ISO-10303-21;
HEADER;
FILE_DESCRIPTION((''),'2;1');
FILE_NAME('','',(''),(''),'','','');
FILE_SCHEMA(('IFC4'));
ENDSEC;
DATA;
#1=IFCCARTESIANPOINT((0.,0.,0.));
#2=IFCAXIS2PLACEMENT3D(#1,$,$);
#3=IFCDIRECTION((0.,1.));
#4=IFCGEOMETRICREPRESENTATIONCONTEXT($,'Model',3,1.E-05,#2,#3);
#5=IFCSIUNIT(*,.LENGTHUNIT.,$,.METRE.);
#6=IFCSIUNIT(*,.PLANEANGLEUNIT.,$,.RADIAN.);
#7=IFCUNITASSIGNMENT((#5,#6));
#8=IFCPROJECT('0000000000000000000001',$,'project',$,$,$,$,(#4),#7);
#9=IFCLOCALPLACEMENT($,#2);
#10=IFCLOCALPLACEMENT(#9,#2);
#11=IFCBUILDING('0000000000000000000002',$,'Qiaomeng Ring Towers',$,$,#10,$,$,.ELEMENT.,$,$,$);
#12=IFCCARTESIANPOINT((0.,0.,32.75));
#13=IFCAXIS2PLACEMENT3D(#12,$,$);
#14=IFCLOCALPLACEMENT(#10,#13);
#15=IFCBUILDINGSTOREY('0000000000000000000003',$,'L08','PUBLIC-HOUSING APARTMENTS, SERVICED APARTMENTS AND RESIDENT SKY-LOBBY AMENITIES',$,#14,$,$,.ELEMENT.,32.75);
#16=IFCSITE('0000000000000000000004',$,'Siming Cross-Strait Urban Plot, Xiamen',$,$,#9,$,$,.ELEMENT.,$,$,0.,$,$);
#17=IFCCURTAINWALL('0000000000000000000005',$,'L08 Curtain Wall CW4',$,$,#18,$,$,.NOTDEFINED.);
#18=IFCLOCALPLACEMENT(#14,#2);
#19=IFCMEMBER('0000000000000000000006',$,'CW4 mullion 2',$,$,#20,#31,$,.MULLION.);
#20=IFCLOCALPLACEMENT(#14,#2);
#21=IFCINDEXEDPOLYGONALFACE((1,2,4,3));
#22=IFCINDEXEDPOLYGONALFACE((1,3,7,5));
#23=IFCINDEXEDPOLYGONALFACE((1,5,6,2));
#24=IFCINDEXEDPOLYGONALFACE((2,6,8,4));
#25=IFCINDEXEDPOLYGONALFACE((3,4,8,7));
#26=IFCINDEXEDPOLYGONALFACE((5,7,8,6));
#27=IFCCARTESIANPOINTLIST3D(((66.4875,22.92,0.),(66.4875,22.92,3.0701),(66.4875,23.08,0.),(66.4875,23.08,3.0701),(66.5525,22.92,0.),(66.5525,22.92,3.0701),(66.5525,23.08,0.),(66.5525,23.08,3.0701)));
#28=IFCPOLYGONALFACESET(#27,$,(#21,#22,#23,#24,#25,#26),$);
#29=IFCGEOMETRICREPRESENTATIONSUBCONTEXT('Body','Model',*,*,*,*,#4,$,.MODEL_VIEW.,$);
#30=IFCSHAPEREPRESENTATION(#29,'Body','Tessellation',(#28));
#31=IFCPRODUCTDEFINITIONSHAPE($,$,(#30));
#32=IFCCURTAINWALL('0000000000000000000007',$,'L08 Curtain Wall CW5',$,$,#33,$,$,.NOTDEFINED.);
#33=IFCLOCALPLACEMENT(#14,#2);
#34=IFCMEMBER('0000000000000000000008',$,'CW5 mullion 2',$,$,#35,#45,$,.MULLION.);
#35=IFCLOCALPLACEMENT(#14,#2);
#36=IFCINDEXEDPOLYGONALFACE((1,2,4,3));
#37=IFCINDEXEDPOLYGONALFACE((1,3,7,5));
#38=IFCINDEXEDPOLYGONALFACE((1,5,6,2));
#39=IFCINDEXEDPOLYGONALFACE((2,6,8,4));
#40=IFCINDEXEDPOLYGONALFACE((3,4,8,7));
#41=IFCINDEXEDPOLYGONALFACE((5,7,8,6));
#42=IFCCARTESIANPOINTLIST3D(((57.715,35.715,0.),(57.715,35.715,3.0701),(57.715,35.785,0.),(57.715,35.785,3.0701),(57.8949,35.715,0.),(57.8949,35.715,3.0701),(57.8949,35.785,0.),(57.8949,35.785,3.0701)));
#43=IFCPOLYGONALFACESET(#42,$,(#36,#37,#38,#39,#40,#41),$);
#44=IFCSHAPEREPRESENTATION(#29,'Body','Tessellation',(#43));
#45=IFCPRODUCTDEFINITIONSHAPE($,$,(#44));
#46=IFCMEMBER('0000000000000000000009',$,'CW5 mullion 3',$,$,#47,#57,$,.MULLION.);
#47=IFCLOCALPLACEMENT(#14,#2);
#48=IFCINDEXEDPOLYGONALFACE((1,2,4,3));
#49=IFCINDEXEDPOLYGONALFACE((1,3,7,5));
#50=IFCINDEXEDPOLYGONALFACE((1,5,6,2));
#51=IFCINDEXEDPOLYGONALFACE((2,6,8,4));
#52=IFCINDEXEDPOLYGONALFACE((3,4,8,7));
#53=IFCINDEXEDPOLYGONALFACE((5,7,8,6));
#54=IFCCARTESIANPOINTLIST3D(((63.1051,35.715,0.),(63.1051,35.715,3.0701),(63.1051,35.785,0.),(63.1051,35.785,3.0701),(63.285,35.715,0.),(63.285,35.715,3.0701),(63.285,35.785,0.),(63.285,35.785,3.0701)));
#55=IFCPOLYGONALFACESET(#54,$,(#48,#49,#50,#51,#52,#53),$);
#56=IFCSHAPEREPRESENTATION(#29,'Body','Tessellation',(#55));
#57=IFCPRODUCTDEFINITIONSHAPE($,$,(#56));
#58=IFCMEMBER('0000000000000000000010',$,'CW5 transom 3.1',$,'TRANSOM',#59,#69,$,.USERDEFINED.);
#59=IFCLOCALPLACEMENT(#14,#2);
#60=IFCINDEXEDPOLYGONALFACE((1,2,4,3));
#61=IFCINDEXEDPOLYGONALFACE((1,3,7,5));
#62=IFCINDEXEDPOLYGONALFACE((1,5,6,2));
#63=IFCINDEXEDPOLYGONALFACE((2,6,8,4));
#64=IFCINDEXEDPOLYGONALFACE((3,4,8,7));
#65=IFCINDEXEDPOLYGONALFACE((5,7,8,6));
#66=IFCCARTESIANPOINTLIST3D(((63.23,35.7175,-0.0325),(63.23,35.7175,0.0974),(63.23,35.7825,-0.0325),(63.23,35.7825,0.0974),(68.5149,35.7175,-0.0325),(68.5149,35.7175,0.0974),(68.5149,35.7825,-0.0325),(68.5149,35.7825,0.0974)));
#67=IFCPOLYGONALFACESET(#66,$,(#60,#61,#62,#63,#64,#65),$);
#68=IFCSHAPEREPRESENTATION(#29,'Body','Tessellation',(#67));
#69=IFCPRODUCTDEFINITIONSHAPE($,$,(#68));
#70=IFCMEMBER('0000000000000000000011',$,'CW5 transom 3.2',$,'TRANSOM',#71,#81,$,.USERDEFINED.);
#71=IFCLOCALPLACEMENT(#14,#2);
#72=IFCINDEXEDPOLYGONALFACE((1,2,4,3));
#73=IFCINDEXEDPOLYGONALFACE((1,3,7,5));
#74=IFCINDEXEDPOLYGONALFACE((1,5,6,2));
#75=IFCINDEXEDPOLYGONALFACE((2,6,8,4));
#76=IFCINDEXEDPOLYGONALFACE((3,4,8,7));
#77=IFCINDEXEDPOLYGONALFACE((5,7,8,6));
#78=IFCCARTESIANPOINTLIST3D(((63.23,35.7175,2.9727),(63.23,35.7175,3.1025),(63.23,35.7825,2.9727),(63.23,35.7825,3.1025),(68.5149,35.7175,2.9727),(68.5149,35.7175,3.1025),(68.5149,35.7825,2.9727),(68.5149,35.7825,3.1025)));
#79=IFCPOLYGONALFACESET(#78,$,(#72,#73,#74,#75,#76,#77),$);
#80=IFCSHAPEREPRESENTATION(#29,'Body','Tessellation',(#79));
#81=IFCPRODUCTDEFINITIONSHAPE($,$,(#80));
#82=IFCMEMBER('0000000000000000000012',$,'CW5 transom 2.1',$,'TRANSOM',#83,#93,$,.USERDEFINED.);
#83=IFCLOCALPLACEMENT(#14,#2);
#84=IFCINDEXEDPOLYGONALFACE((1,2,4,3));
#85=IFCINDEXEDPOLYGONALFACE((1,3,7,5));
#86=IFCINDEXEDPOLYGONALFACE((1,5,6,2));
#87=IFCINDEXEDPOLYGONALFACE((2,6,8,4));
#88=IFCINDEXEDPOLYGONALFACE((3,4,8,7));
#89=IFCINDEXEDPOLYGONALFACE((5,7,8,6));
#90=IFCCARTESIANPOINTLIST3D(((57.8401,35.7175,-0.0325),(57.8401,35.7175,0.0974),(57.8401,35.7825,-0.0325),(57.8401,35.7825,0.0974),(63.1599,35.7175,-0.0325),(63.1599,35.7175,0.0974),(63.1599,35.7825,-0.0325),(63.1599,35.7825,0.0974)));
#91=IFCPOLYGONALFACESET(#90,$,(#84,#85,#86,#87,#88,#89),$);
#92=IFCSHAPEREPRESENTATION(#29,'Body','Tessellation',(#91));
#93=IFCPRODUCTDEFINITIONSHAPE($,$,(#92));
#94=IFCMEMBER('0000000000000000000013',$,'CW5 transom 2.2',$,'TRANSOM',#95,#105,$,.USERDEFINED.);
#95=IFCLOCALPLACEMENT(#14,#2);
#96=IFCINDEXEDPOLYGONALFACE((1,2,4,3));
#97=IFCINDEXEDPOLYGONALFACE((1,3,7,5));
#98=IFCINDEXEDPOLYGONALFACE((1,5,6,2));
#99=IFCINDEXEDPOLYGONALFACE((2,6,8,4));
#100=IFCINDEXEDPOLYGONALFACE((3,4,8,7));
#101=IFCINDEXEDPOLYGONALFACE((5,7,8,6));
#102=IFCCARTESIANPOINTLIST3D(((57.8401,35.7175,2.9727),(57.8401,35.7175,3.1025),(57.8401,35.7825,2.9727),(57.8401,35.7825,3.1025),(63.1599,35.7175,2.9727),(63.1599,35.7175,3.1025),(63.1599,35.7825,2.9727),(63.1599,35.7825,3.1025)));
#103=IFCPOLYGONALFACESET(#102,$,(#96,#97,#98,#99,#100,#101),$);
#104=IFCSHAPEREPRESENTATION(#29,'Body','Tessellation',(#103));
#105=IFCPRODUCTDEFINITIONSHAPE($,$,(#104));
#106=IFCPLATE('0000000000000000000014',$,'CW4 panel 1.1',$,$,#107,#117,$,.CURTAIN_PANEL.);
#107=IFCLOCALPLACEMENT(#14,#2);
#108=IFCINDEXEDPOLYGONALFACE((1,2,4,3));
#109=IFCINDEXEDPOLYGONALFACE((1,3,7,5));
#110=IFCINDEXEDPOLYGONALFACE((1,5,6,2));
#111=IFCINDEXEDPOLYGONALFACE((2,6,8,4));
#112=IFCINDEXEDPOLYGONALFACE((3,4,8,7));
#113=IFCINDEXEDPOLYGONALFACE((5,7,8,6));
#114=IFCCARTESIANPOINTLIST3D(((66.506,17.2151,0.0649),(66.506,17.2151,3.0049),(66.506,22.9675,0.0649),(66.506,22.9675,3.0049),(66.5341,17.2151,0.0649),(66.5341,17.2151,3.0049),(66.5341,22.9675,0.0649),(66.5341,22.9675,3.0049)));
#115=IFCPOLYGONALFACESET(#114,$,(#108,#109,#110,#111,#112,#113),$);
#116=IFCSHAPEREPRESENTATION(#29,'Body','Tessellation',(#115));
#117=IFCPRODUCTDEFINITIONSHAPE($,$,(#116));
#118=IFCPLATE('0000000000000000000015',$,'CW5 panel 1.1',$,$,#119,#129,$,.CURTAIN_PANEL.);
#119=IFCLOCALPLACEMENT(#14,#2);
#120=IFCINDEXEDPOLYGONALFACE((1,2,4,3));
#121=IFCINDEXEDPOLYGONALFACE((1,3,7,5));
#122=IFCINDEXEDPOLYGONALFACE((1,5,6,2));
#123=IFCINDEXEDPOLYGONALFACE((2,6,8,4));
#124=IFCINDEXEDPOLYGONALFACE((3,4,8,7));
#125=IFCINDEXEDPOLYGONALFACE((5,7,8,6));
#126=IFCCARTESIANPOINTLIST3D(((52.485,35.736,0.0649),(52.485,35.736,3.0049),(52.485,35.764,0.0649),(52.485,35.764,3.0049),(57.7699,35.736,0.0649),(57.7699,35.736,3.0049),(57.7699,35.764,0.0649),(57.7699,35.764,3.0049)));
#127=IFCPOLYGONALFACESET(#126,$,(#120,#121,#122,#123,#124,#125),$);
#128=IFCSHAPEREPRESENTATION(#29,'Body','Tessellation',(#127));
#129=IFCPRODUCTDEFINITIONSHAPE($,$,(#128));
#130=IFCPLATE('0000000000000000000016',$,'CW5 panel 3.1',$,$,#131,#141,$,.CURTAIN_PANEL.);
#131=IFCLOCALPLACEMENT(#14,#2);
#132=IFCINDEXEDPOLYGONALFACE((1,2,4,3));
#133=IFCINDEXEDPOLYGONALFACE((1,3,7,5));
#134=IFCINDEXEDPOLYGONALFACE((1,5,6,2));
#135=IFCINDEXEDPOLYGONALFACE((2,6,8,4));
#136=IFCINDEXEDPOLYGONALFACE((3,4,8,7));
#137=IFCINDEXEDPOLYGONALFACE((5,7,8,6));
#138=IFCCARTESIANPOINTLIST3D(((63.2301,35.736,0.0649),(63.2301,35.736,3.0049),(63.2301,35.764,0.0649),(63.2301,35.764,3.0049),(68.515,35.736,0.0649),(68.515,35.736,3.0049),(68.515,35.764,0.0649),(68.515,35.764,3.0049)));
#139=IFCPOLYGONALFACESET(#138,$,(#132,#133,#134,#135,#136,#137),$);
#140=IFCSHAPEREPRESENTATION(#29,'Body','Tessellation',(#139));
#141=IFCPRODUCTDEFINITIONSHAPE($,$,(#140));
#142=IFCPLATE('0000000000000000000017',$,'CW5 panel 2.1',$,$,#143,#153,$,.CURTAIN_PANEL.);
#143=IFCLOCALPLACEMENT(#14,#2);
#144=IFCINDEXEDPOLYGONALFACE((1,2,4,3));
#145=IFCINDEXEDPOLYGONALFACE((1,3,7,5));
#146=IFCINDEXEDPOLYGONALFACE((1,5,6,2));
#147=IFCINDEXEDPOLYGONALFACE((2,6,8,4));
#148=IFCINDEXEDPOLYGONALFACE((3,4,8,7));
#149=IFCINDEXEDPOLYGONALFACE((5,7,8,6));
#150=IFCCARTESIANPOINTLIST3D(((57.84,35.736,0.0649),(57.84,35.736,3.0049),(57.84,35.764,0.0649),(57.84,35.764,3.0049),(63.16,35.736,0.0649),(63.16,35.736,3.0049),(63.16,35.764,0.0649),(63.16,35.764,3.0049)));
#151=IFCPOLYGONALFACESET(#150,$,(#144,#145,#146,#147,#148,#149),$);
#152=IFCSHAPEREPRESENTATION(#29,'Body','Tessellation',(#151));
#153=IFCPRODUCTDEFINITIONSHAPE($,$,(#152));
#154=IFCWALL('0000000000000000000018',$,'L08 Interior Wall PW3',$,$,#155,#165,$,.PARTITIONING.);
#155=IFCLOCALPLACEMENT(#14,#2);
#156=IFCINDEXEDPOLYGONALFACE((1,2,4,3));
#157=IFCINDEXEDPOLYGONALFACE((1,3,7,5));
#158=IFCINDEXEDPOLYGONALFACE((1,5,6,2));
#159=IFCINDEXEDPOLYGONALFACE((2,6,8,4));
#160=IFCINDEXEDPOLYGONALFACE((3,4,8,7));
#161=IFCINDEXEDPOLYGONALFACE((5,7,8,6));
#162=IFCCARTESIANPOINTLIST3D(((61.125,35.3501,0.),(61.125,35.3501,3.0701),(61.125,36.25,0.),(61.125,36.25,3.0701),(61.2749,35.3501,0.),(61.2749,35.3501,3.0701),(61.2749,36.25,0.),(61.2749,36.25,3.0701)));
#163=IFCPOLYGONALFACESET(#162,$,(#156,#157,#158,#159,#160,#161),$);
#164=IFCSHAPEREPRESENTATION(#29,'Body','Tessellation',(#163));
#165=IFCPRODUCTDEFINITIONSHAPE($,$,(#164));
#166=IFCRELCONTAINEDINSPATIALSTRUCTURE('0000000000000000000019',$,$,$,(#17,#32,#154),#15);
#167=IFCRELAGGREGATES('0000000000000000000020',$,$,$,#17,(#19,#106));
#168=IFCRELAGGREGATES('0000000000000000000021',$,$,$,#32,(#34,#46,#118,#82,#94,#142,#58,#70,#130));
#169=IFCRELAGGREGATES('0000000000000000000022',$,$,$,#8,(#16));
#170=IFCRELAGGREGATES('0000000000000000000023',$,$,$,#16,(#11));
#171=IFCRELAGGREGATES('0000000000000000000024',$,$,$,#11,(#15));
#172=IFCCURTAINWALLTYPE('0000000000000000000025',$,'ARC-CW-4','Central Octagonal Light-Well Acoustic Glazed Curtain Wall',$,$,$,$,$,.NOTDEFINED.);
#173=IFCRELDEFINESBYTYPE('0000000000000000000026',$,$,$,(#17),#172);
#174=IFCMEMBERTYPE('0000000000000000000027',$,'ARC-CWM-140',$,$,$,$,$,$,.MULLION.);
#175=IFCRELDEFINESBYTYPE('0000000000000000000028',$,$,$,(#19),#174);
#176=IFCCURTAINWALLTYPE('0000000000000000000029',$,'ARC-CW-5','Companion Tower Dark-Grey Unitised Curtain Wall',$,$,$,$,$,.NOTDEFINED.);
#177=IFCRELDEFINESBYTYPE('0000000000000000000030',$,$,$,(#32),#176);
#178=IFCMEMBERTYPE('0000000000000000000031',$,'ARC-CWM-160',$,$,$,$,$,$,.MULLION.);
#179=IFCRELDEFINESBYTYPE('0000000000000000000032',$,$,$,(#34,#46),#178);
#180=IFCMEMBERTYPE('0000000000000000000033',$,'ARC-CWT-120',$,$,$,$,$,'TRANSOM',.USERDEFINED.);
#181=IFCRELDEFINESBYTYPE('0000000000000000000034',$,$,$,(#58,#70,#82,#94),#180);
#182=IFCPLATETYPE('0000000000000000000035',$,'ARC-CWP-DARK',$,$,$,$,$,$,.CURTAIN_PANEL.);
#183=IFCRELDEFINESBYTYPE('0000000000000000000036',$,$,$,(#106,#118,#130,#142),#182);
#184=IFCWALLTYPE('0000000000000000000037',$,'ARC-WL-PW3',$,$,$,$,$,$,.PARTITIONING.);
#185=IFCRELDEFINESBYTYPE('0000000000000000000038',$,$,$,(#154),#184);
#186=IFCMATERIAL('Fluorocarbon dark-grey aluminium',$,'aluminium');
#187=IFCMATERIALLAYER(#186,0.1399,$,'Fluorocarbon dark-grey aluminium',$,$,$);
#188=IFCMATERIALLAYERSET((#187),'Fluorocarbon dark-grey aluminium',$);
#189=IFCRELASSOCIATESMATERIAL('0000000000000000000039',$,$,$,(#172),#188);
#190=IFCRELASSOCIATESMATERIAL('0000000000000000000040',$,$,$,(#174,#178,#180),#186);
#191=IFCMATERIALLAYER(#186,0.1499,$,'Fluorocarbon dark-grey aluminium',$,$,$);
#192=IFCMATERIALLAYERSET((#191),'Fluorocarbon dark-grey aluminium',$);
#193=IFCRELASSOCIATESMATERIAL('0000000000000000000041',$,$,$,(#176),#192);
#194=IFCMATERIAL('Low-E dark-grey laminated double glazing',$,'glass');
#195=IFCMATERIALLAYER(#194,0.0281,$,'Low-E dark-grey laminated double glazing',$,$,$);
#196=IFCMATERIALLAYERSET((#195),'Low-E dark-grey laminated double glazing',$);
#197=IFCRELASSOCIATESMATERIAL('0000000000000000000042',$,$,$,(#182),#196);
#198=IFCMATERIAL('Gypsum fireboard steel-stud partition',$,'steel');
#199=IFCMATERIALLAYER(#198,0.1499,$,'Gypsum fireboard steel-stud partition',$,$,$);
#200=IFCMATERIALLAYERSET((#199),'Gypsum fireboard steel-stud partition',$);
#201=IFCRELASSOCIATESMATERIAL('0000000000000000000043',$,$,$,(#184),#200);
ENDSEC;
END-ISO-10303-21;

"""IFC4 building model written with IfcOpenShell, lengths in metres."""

from ifc_helpers import new_model, si_unit, direction, frame, frame_2d, origin, origin_2d, place, context, subcontext, project, spatial, rectangle, extrude, source, transform, mapped, material, layer, layer_set, material_profile, profile_set, type_object, element, aggregate, save


model = new_model("IFC4")

# Units and contexts
model_context = context("Model", 3, precision=1e-05, world=origin(), true_north=direction((0.0, 1.0)))
body_context = subcontext(model_context, "Body", "Model", "MODEL_VIEW")
ifc_project = project(units=[si_unit("LENGTHUNIT", "METRE"), si_unit("PLANEANGLEUNIT", "RADIAN")], contexts=[model_context])

# Site, building, storey
site_placement = place(None, origin())
site = spatial("IfcSite", under=ifc_project, at=site_placement, Name="Siming Cross-Strait Urban Plot, Xiamen", CompositionType="ELEMENT", RefElevation=0.0)
building_placement = place(site_placement, origin())
building = spatial("IfcBuilding", under=site, at=building_placement, Name="Qiaomeng Ring Towers", CompositionType="ELEMENT")
storey_placement = place(building_placement, frame((0.0, 0.0, 32.75)))
storey = spatial("IfcBuildingStorey", under=building, at=storey_placement, Name="L08", Description="PUBLIC-HOUSING APARTMENTS, SERVICED APARTMENTS AND RESIDENT SKY-LOBBY AMENITIES", CompositionType="ELEMENT", Elevation=32.75)

# Curtain wall, member
ifc_material_1 = material(Name="Fluorocarbon dark-grey aluminium", Category="aluminium")
ifc_layer_1 = layer(ifc_material_1, 0.1399, Name="Fluorocarbon dark-grey aluminium")
ifc_layer_set_1 = layer_set([ifc_layer_1], Name="Fluorocarbon dark-grey aluminium")
curtain_wall_type_1 = type_object("IfcCurtainWallType", Name="ARC-CW-4", Description="Central Octagonal Light-Well Acoustic Glazed Curtain Wall", PredefinedType="NOTDEFINED", material=ifc_layer_set_1)
curtain_wall_1_placement = place(storey_placement, origin())
curtain_wall_1 = element("IfcCurtainWall", 1, at=curtain_wall_1_placement, inside=storey, type_object=curtain_wall_type_1, Name="L08 Curtain Wall CW4", PredefinedType="NOTDEFINED")
ifc_material_profile_1 = material_profile(ifc_material_1, rectangle(XDim=0.0649, YDim=0.1599, at=origin_2d()), Name="ALU MULL 65x160")
ifc_profile_set_1 = profile_set([ifc_material_profile_1], Name="Fluorocarbon dark-grey aluminium")
member_type_1 = type_object("IfcMemberType", Name="ARC-CWM-140", PredefinedType="MULLION", material=ifc_profile_set_1)
shared_shape_1 = source(origin(), body_context, "Body", "SweptSolid", [
    extrude(rectangle(XDim=0.0649, YDim=0.1599, at=origin_2d()), origin(), (0.0, 0.0, 1.0), 3.0701),
])
member_1_placement = place(storey_placement, frame((66.52, 23.0, 0.0), z_axis=(0.0, 0.0, 1.0), x_axis=(-1.0, 0.0, 0.0)))
member_1 = element("IfcMember", 2, at=member_1_placement, type_object=member_type_1, Name="CW4 mullion 2", PredefinedType="MULLION", context=body_context, shape_type="MappedRepresentation", body=[
    mapped(shared_shape_1, transform((0.0, 0.0, 0.0), x_axis=(1.0, 0.0, 0.0), y_axis=(0.0, 1.0, 0.0), z_axis=(0.0, 0.0, 1.0), scale=1.0)),
])

# Curtain wall, members
ifc_layer_2 = layer(ifc_material_1, 0.1499, Name="Fluorocarbon dark-grey aluminium")
ifc_layer_set_2 = layer_set([ifc_layer_2], Name="Fluorocarbon dark-grey aluminium")
curtain_wall_type_2 = type_object("IfcCurtainWallType", Name="ARC-CW-5", Description="Companion Tower Dark-Grey Unitised Curtain Wall", PredefinedType="NOTDEFINED", material=ifc_layer_set_2)
curtain_wall_2_placement = place(storey_placement, origin())
curtain_wall_2 = element("IfcCurtainWall", 3, at=curtain_wall_2_placement, inside=storey, type_object=curtain_wall_type_2, Name="L08 Curtain Wall CW5", PredefinedType="NOTDEFINED")
ifc_material_profile_2 = material_profile(ifc_material_1, rectangle(XDim=0.0701, YDim=0.1799, at=origin_2d()), Name="ALU MULL 70x180")
ifc_profile_set_2 = profile_set([ifc_material_profile_2], Name="Fluorocarbon dark-grey aluminium")
member_type_2 = type_object("IfcMemberType", Name="ARC-CWM-160", PredefinedType="MULLION", material=ifc_profile_set_2)
shared_shape_2 = source(origin(), body_context, "Body", "SweptSolid", [
    extrude(rectangle(XDim=0.0701, YDim=0.1799, at=origin_2d()), origin(), (0.0, 0.0, 1.0), 3.0701),
])
member_2_placement = place(storey_placement, frame((57.8049, 35.75, 0.0), z_axis=(0.0, 0.0, 1.0), x_axis=(0.0, 1.0, 0.0)))
member_2 = element("IfcMember", 4, at=member_2_placement, type_object=member_type_2, Name="CW5 mullion 2", PredefinedType="MULLION", context=body_context, shape_type="MappedRepresentation", body=[
    mapped(shared_shape_2, transform((0.0, 0.0, 0.0), x_axis=(1.0, 0.0, 0.0), y_axis=(0.0, 1.0, 0.0), z_axis=(0.0, 0.0, 1.0), scale=1.0)),
])
member_3_placement = place(storey_placement, frame((63.1951, 35.75, 0.0), z_axis=(0.0, 0.0, 1.0), x_axis=(0.0, 1.0, 0.0)))
member_3 = element("IfcMember", 5, at=member_3_placement, type_object=member_type_2, Name="CW5 mullion 3", PredefinedType="MULLION", context=body_context, shape_type="MappedRepresentation", body=[
    mapped(shared_shape_2, transform((0.0, 0.0, 0.0), x_axis=(1.0, 0.0, 0.0), y_axis=(0.0, 1.0, 0.0), z_axis=(0.0, 0.0, 1.0), scale=1.0)),
])
ifc_material_profile_3 = material_profile(ifc_material_1, rectangle(XDim=0.0649, YDim=0.1299, at=origin_2d()), Name="ALU TRAN 65x130")
ifc_profile_set_3 = profile_set([ifc_material_profile_3], Name="Fluorocarbon dark-grey aluminium")
member_type_3 = type_object("IfcMemberType", Name="ARC-CWT-120", ElementType="TRANSOM", PredefinedType="USERDEFINED", material=ifc_profile_set_3)
shared_shape_3 = source(origin(), body_context, "Body", "SweptSolid", [
    extrude(rectangle(XDim=0.0649, YDim=0.1299, at=origin_2d()), origin(), (0.0, 0.0, 1.0), 5.2849),
])
member_4_placement = place(storey_placement, frame((63.23, 35.75, 0.0325), z_axis=(1.0, 0.0, 0.0), x_axis=(0.0, 1.0, 0.0)))
member_4 = element("IfcMember", 6, at=member_4_placement, type_object=member_type_3, Name="CW5 transom 3.1", ObjectType="TRANSOM", PredefinedType="USERDEFINED", context=body_context, shape_type="MappedRepresentation", body=[
    mapped(shared_shape_3, transform((0.0, 0.0, 0.0), x_axis=(1.0, 0.0, 0.0), y_axis=(0.0, 1.0, 0.0), z_axis=(0.0, 0.0, 1.0), scale=1.0)),
])
member_5_placement = place(storey_placement, frame((63.23, 35.75, 3.0376), z_axis=(1.0, 0.0, 0.0), x_axis=(0.0, 1.0, 0.0)))
member_5 = element("IfcMember", 7, at=member_5_placement, type_object=member_type_3, Name="CW5 transom 3.2", ObjectType="TRANSOM", PredefinedType="USERDEFINED", context=body_context, shape_type="MappedRepresentation", body=[
    mapped(shared_shape_3, transform((0.0, 0.0, 0.0), x_axis=(1.0, 0.0, 0.0), y_axis=(0.0, 1.0, 0.0), z_axis=(0.0, 0.0, 1.0), scale=1.0)),
])
shared_shape_4 = source(origin(), body_context, "Body", "SweptSolid", [
    extrude(rectangle(XDim=0.0649, YDim=0.1299, at=origin_2d()), origin(), (0.0, 0.0, 1.0), 5.3198),
])
member_6_placement = place(storey_placement, frame((57.8401, 35.75, 0.0325), z_axis=(1.0, 0.0, 0.0), x_axis=(0.0, 1.0, 0.0)))
member_6 = element("IfcMember", 8, at=member_6_placement, type_object=member_type_3, Name="CW5 transom 2.1", ObjectType="TRANSOM", PredefinedType="USERDEFINED", context=body_context, shape_type="MappedRepresentation", body=[
    mapped(shared_shape_4, transform((0.0, 0.0, 0.0), x_axis=(1.0, 0.0, 0.0), y_axis=(0.0, 1.0, 0.0), z_axis=(0.0, 0.0, 1.0), scale=1.0)),
])
member_7_placement = place(storey_placement, frame((57.8401, 35.75, 3.0376), z_axis=(1.0, 0.0, 0.0), x_axis=(0.0, 1.0, 0.0)))
member_7 = element("IfcMember", 9, at=member_7_placement, type_object=member_type_3, Name="CW5 transom 2.2", ObjectType="TRANSOM", PredefinedType="USERDEFINED", context=body_context, shape_type="MappedRepresentation", body=[
    mapped(shared_shape_4, transform((0.0, 0.0, 0.0), x_axis=(1.0, 0.0, 0.0), y_axis=(0.0, 1.0, 0.0), z_axis=(0.0, 0.0, 1.0), scale=1.0)),
])

# Plates
ifc_material_2 = material(Name="Low-E dark-grey laminated double glazing", Category="glass")
ifc_layer_3 = layer(ifc_material_2, 0.0281, Name="Low-E dark-grey laminated double glazing")
ifc_layer_set_3 = layer_set([ifc_layer_3], Name="Low-E dark-grey laminated double glazing")
plate_type = type_object("IfcPlateType", Name="ARC-CWP-DARK", PredefinedType="CURTAIN_PANEL", material=ifc_layer_set_3)
shared_shape_5 = source(origin(), body_context, "Body", "SweptSolid", [
    extrude(rectangle(XDim=5.7524, YDim=0.0281, at=origin_2d()), origin(), (0.0, 0.0, 1.0), 2.9399),
])
plate_1_placement = place(storey_placement, frame((66.52, 20.0913, 0.0649), z_axis=(0.0, 0.0, 1.0), x_axis=(0.0, 1.0, 0.0)))
plate_1 = element("IfcPlate", 10, at=plate_1_placement, type_object=plate_type, Name="CW4 panel 1.1", PredefinedType="CURTAIN_PANEL", context=body_context, shape_type="MappedRepresentation", body=[
    mapped(shared_shape_5, transform((0.0, 0.0, 0.0), x_axis=(1.0, 0.0, 0.0), y_axis=(0.0, 1.0, 0.0), z_axis=(0.0, 0.0, 1.0), scale=1.0)),
])
aggregate(curtain_wall_1, [member_1, plate_1])
shared_shape_6 = source(origin(), body_context, "Body", "SweptSolid", [
    extrude(rectangle(XDim=5.2849, YDim=0.0281, at=origin_2d()), origin(), (0.0, 0.0, 1.0), 2.9399),
])
plate_2_placement = place(storey_placement, frame((55.1274, 35.75, 0.0649), z_axis=(0.0, 0.0, 1.0), x_axis=(1.0, 0.0, 0.0)))
plate_2 = element("IfcPlate", 11, at=plate_2_placement, type_object=plate_type, Name="CW5 panel 1.1", PredefinedType="CURTAIN_PANEL", context=body_context, shape_type="MappedRepresentation", body=[
    mapped(shared_shape_6, transform((0.0, 0.0, 0.0), x_axis=(1.0, 0.0, 0.0), y_axis=(0.0, 1.0, 0.0), z_axis=(0.0, 0.0, 1.0), scale=1.0)),
])
plate_3_placement = place(storey_placement, frame((65.8726, 35.75, 0.0649), z_axis=(0.0, 0.0, 1.0), x_axis=(1.0, 0.0, 0.0)))
plate_3 = element("IfcPlate", 12, at=plate_3_placement, type_object=plate_type, Name="CW5 panel 3.1", PredefinedType="CURTAIN_PANEL", context=body_context, shape_type="MappedRepresentation", body=[
    mapped(shared_shape_6, transform((0.0, 0.0, 0.0), x_axis=(1.0, 0.0, 0.0), y_axis=(0.0, 1.0, 0.0), z_axis=(0.0, 0.0, 1.0), scale=1.0)),
])
shared_shape_7 = source(origin(), body_context, "Body", "SweptSolid", [
    extrude(rectangle(XDim=5.3201, YDim=0.0281, at=origin_2d()), origin(), (0.0, 0.0, 1.0), 2.9399),
])
plate_4_placement = place(storey_placement, frame((60.5, 35.75, 0.0649), z_axis=(0.0, 0.0, 1.0), x_axis=(1.0, 0.0, 0.0)))
plate_4 = element("IfcPlate", 13, at=plate_4_placement, type_object=plate_type, Name="CW5 panel 2.1", PredefinedType="CURTAIN_PANEL", context=body_context, shape_type="MappedRepresentation", body=[
    mapped(shared_shape_7, transform((0.0, 0.0, 0.0), x_axis=(1.0, 0.0, 0.0), y_axis=(0.0, 1.0, 0.0), z_axis=(0.0, 0.0, 1.0), scale=1.0)),
])
aggregate(curtain_wall_2, [member_2, member_3, plate_2, member_6, member_7, plate_4, member_4, member_5, plate_3])

# Wall
ifc_material_3 = material(Name="Gypsum fireboard steel-stud partition", Category="steel")
ifc_layer_4 = layer(ifc_material_3, 0.1499, Name="Gypsum fireboard steel-stud partition")
ifc_layer_set_4 = layer_set([ifc_layer_4], Name="Gypsum fireboard steel-stud partition")
wall_type_1 = type_object("IfcWallType", Name="ARC-WL-PW3", PredefinedType="PARTITIONING", material=ifc_layer_set_4)
wall_1_placement = place(storey_placement, frame((61.2, 35.3501, 0.0), z_axis=(0.0, 0.0, 1.0), x_axis=(0.0, 1.0, 0.0)))
element("IfcWall", 14, at=wall_1_placement, inside=storey, type_object=wall_type_1, Name="L08 Interior Wall PW3", PredefinedType="PARTITIONING", context=body_context, shape_type="SweptSolid", body=[
    extrude(rectangle(XDim=0.8999, YDim=0.1499, at=frame_2d((0.45, 0.0))), origin(), (0.0, 0.0, 1.0), 3.0701),
])

save(model, "model.ifc")
